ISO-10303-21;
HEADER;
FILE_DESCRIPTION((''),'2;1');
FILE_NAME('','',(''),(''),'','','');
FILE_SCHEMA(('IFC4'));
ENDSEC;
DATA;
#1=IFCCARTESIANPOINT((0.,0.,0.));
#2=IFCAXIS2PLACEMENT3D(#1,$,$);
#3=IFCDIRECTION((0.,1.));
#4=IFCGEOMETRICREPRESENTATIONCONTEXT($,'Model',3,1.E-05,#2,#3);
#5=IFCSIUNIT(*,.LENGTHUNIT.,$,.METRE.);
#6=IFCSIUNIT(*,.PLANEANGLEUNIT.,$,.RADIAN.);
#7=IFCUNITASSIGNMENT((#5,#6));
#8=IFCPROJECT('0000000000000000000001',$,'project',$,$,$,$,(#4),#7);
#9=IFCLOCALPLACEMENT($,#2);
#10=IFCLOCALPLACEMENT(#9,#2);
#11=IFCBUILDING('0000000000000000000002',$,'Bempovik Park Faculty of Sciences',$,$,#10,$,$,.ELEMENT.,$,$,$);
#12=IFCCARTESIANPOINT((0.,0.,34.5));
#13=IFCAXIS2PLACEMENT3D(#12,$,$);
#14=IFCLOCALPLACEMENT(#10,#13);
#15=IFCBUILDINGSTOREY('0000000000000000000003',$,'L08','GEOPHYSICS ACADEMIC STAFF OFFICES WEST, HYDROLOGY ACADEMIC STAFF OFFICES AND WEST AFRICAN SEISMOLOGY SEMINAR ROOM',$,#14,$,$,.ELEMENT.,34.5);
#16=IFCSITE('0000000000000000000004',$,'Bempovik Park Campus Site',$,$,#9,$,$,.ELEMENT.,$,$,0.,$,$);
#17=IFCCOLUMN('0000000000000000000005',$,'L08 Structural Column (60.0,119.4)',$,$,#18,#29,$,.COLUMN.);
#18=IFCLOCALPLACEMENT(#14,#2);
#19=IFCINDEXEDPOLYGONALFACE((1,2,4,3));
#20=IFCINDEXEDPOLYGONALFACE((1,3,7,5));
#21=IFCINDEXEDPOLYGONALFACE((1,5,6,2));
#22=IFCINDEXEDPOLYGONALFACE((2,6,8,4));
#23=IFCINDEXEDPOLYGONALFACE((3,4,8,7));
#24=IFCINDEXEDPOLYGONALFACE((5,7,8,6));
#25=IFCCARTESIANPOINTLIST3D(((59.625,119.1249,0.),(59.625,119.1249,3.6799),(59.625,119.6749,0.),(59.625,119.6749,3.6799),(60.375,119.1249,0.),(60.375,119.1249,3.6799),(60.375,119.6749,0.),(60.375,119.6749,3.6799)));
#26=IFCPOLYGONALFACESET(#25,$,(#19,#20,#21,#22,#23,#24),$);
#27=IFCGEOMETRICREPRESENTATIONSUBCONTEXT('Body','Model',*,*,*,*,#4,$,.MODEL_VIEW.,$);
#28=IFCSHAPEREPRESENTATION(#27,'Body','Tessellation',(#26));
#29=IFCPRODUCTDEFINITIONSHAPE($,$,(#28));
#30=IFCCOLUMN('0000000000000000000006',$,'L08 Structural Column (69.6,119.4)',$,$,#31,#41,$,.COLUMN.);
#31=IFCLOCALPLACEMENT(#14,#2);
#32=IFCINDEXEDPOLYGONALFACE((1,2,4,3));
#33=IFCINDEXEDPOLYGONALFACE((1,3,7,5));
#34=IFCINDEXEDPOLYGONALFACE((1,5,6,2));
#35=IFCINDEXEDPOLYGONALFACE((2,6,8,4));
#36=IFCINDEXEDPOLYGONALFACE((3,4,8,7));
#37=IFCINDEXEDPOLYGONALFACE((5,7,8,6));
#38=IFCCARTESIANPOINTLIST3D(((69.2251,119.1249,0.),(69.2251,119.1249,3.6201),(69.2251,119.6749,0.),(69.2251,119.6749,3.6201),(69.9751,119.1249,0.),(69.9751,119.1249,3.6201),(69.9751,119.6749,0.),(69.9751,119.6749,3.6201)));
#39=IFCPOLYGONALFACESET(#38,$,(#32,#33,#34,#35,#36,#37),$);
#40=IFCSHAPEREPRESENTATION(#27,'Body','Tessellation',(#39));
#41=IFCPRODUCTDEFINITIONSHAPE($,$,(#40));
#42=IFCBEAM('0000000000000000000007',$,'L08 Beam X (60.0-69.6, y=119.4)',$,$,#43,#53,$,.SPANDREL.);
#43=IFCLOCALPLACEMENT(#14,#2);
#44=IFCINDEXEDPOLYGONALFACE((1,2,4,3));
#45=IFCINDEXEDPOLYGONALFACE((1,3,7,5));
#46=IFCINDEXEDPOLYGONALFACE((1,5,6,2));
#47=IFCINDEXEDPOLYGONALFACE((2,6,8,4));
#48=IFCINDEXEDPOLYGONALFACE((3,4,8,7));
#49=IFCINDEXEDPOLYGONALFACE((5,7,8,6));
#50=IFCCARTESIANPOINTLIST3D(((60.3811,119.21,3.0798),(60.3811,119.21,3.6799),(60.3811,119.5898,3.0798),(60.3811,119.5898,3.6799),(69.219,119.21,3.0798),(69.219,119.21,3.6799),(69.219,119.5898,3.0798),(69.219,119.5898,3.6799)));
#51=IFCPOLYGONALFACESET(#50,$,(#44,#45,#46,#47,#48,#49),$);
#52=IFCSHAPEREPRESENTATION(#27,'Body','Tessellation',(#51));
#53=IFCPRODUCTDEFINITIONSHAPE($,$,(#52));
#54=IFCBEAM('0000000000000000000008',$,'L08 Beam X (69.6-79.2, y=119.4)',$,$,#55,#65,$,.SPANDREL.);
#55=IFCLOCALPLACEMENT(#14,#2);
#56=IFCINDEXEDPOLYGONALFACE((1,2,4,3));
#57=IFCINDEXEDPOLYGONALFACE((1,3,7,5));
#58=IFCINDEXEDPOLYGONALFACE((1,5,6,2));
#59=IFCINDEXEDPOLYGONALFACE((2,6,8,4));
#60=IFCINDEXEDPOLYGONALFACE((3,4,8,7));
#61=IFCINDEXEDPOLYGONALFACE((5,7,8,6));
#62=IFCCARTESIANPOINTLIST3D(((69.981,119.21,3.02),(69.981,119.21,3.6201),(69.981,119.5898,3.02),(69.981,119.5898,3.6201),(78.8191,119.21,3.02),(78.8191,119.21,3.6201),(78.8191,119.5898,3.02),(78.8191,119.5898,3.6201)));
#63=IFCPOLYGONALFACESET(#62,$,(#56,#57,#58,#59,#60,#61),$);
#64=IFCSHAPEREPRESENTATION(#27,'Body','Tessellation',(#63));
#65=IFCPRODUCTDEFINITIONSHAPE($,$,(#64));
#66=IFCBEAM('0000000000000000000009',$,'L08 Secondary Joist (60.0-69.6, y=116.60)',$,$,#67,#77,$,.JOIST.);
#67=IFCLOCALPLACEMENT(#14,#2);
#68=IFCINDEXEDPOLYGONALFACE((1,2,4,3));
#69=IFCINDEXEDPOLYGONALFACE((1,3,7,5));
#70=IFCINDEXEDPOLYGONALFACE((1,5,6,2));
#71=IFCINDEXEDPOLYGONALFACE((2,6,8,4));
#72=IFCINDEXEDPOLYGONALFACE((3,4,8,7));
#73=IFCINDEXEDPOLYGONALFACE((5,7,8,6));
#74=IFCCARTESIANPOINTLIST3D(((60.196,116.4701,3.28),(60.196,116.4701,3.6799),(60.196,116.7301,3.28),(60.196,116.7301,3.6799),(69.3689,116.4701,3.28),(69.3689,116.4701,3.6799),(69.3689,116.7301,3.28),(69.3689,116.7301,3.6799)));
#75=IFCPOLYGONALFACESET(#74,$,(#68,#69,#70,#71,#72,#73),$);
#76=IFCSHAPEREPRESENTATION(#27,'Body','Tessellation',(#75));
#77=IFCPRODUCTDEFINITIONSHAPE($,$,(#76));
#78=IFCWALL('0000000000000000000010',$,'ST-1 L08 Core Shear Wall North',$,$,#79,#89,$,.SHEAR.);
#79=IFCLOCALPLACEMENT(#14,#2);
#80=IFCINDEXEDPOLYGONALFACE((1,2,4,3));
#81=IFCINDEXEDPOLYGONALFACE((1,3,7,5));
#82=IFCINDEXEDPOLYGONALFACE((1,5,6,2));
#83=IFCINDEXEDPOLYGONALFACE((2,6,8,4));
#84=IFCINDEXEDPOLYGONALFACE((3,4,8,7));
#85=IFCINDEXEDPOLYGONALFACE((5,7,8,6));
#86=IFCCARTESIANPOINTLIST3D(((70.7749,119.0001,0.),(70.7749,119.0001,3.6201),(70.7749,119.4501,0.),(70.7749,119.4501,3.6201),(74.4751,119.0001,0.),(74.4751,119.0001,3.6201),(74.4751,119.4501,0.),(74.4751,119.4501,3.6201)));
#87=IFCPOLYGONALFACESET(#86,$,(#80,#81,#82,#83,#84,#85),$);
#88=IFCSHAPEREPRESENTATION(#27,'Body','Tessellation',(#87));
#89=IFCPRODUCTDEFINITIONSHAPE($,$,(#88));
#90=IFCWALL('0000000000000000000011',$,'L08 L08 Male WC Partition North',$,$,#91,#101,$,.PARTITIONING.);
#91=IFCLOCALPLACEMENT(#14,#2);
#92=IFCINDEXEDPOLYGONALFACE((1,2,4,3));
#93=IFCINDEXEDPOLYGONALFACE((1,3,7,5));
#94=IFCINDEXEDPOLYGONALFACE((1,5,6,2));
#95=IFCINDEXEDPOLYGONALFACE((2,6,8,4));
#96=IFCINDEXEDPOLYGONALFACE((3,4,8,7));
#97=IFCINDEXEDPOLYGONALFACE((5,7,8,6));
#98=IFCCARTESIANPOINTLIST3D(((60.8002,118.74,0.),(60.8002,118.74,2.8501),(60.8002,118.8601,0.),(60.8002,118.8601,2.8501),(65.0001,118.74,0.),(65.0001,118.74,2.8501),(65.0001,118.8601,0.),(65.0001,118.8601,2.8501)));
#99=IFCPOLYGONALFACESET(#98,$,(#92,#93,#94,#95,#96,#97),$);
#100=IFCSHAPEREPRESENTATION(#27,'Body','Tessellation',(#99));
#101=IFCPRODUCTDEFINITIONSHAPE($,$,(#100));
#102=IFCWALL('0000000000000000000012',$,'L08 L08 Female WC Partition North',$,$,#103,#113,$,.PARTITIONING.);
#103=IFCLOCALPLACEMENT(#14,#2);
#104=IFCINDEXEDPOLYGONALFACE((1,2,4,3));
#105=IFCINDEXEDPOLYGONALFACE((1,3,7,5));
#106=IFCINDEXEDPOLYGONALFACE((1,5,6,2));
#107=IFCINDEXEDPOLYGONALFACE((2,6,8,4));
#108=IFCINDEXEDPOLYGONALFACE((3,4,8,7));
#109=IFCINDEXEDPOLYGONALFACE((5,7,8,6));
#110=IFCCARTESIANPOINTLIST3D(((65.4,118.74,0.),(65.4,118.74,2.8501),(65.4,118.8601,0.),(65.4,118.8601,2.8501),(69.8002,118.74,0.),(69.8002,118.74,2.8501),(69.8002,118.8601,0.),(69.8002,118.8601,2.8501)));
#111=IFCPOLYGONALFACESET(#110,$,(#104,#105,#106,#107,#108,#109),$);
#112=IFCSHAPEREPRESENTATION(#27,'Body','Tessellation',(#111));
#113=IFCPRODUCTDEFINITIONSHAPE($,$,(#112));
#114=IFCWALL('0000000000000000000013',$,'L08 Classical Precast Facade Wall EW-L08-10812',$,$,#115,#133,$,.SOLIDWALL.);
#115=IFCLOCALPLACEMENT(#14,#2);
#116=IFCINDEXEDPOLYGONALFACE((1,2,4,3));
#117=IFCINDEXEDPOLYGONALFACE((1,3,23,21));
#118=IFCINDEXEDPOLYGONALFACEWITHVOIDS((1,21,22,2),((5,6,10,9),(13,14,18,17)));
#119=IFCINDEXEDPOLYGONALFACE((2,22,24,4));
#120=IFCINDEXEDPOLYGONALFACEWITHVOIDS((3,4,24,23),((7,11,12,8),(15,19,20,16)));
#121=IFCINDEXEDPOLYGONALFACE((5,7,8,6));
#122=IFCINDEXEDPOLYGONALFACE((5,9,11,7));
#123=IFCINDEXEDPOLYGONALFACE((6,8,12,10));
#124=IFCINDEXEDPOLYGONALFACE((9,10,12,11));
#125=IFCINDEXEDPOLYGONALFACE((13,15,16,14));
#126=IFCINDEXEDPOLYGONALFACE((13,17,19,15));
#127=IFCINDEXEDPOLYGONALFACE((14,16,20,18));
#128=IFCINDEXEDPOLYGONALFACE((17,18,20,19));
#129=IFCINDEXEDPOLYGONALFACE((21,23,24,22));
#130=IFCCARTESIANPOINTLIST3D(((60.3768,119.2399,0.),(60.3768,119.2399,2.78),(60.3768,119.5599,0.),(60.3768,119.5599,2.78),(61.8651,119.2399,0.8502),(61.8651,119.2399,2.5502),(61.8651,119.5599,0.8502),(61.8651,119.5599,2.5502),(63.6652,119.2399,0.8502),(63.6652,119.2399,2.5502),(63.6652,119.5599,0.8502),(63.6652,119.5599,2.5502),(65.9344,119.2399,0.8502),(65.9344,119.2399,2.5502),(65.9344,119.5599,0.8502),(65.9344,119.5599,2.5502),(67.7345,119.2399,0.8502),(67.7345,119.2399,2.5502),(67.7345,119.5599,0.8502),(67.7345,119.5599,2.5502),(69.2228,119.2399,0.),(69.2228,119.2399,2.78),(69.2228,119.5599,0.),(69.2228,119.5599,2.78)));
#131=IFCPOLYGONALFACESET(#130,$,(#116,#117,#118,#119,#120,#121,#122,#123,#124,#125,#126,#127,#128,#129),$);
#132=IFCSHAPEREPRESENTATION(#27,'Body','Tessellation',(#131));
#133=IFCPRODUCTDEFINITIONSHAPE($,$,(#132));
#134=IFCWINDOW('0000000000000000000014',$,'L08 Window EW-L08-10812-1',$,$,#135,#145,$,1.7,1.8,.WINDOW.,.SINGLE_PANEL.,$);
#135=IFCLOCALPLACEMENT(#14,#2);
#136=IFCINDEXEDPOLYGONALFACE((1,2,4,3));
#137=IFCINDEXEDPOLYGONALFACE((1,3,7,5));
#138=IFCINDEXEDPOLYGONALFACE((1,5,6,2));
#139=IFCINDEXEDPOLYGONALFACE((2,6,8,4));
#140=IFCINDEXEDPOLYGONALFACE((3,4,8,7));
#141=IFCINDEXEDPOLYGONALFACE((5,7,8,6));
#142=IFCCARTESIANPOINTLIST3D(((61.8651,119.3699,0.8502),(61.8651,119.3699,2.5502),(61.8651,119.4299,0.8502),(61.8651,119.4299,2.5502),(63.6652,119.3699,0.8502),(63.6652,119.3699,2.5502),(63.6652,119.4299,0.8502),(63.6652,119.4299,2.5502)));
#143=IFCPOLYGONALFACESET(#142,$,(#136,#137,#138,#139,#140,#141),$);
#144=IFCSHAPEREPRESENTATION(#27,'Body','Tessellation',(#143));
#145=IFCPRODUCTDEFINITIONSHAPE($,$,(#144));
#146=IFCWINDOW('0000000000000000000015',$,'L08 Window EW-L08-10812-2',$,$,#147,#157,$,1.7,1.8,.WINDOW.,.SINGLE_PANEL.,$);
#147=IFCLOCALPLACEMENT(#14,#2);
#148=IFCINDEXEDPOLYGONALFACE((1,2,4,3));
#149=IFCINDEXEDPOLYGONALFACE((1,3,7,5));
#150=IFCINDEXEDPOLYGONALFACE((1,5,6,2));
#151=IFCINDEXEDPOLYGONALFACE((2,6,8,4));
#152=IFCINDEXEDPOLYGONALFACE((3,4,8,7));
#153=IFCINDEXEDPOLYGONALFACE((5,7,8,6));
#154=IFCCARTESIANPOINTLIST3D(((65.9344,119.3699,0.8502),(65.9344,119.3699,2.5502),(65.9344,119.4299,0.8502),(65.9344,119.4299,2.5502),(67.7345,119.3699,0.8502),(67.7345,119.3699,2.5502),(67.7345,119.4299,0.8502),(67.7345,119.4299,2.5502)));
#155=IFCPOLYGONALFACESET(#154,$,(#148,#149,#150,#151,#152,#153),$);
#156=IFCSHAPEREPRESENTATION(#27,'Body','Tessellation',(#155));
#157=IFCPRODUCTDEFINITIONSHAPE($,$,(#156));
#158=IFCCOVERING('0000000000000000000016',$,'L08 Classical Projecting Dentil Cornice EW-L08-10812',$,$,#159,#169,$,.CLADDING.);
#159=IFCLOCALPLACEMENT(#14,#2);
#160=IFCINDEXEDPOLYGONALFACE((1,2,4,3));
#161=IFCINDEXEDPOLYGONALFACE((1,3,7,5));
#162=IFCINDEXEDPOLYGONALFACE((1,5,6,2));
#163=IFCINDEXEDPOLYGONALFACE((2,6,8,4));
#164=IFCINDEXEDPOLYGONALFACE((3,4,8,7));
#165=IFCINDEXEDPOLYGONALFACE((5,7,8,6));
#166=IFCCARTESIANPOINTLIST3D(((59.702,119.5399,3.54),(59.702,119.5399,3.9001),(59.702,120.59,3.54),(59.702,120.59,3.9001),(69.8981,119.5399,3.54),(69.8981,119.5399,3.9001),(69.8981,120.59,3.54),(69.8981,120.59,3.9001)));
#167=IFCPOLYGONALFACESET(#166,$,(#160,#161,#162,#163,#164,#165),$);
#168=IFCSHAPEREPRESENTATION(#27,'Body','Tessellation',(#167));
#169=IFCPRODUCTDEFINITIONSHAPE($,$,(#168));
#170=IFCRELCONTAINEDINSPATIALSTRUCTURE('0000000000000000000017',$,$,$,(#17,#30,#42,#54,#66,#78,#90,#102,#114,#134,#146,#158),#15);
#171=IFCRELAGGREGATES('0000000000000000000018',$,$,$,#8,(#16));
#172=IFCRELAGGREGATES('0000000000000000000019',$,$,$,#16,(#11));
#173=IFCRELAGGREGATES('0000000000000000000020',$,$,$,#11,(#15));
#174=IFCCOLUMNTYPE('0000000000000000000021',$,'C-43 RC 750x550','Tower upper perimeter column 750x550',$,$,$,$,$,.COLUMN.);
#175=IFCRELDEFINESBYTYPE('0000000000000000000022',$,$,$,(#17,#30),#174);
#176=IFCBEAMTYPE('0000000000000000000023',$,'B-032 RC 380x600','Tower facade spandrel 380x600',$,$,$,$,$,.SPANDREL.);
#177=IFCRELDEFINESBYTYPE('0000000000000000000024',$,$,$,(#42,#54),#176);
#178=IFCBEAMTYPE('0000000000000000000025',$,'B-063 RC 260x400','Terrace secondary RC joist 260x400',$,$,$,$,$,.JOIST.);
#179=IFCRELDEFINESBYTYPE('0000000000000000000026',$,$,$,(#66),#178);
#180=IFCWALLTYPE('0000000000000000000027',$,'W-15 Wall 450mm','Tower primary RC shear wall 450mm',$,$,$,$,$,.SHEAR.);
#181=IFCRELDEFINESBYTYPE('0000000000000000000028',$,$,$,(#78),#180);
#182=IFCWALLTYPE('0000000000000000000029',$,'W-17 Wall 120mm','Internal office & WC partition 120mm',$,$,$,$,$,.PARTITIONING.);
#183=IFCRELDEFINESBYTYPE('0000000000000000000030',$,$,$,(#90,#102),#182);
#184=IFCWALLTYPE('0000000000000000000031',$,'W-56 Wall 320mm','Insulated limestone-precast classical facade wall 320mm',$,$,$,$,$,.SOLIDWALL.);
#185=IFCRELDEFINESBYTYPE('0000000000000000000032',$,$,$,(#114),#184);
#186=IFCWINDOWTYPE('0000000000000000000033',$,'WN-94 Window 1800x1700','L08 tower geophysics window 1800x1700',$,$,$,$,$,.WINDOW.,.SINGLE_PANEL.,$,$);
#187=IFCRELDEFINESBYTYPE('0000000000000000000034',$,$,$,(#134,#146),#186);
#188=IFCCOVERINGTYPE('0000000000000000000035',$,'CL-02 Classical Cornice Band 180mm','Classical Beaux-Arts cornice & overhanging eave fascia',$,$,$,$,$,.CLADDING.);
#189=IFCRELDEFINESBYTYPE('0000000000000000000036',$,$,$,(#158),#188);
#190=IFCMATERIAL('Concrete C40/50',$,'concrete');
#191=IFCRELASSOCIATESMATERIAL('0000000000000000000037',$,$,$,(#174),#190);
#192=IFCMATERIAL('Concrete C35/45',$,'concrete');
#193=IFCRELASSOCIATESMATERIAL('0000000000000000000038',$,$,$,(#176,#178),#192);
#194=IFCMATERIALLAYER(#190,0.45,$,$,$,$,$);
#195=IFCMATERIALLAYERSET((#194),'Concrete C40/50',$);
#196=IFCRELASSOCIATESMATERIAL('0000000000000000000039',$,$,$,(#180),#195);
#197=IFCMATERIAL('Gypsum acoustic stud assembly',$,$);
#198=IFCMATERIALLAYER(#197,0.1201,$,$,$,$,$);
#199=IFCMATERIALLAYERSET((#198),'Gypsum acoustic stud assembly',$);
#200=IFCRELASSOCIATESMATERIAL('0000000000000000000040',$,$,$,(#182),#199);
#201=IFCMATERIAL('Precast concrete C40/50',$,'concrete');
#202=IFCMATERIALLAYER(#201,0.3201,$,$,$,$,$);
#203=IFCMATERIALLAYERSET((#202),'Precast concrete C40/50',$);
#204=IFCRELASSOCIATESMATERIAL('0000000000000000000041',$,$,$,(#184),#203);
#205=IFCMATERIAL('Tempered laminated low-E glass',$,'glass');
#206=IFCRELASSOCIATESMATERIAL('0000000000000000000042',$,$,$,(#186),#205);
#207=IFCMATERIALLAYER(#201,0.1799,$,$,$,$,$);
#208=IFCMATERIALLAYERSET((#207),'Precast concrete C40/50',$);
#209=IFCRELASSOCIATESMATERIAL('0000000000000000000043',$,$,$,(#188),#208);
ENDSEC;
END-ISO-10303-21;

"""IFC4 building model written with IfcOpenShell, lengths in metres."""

from ifc_helpers import new_model, si_unit, direction, frame, frame_2d, origin, origin_2d, place, context, subcontext, project, spatial, rectangle, extrude, material, layer, layer_set, material_profile, profile_set, type_object, element, fill, save


model = new_model("IFC4")

# Units and contexts
model_context = context("Model", 3, precision=1e-05, world=origin(), true_north=direction((0.0, 1.0)))
body_context = subcontext(model_context, "Body", "Model", "MODEL_VIEW")
ifc_project = project(units=[si_unit("LENGTHUNIT", "METRE"), si_unit("PLANEANGLEUNIT", "RADIAN")], contexts=[model_context])

# Site, building, storey
site_placement = place(None, origin())
site = spatial("IfcSite", under=ifc_project, at=site_placement, Name="Bempovik Park Campus Site", CompositionType="ELEMENT", RefElevation=0.0)
building_placement = place(site_placement, origin())
building = spatial("IfcBuilding", under=site, at=building_placement, Name="Bempovik Park Faculty of Sciences", CompositionType="ELEMENT")
storey_placement = place(building_placement, frame((0.0, 0.0, 34.5)))
storey = spatial("IfcBuildingStorey", under=building, at=storey_placement, Name="L08", Description="GEOPHYSICS ACADEMIC STAFF OFFICES WEST, HYDROLOGY ACADEMIC STAFF OFFICES AND WEST AFRICAN SEISMOLOGY SEMINAR ROOM", CompositionType="ELEMENT", Elevation=34.5)

# Columns
ifc_material_1 = material(Name="Concrete C40/50", Category="concrete")
ifc_material_profile_1 = material_profile(ifc_material_1, rectangle(XDim=0.75, YDim=0.55, at=origin_2d()), Name="RC 750x550")
ifc_profile_set_1 = profile_set([ifc_material_profile_1], Name="Concrete C40/50")
column_type = type_object("IfcColumnType", Name="C-43 RC 750x550", Description="Tower upper perimeter column 750x550", PredefinedType="COLUMN", material=ifc_profile_set_1)
column_1_placement = place(storey_placement, frame((60.0, 119.3999, 0.0), z_axis=(0.0, 0.0, 1.0), x_axis=(1.0, 0.0, 0.0)))
element("IfcColumn", 1, at=column_1_placement, inside=storey, type_object=column_type, Name="L08 Structural Column (60.0,119.4)", PredefinedType="COLUMN", context=body_context, shape_type="SweptSolid", body=[
    extrude(rectangle(XDim=0.75, YDim=0.55, at=origin_2d()), origin(), (0.0, 0.0, 1.0), 3.6799),
])
column_2_placement = place(storey_placement, frame((69.6001, 119.3999, 0.0), z_axis=(0.0, 0.0, 1.0), x_axis=(1.0, 0.0, 0.0)))
element("IfcColumn", 2, at=column_2_placement, inside=storey, type_object=column_type, Name="L08 Structural Column (69.6,119.4)", PredefinedType="COLUMN", context=body_context, shape_type="SweptSolid", body=[
    extrude(rectangle(XDim=0.75, YDim=0.55, at=origin_2d()), origin(), (0.0, 0.0, 1.0), 3.6201),
])

# Beams
ifc_material_2 = material(Name="Concrete C35/45", Category="concrete")
ifc_material_profile_2 = material_profile(ifc_material_2, rectangle(XDim=0.3799, YDim=0.6001, at=origin_2d()), Name="RC 380x600")
ifc_profile_set_2 = profile_set([ifc_material_profile_2], Name="Concrete C35/45")
beam_type_1 = type_object("IfcBeamType", Name="B-032 RC 380x600", Description="Tower facade spandrel 380x600", PredefinedType="SPANDREL", material=ifc_profile_set_2)
beam_1_placement = place(storey_placement, frame((60.3811, 119.3999, 3.3799), z_axis=(1.0, 0.0, 0.0), x_axis=(0.0, 1.0, 0.0)))
element("IfcBeam", 3, at=beam_1_placement, inside=storey, type_object=beam_type_1, Name="L08 Beam X (60.0-69.6, y=119.4)", PredefinedType="SPANDREL", context=body_context, shape_type="SweptSolid", body=[
    extrude(rectangle(XDim=0.3799, YDim=0.6001, at=origin_2d()), origin(), (0.0, 0.0, 1.0), 8.8379),
])
beam_2_placement = place(storey_placement, frame((69.981, 119.3999, 3.3201), z_axis=(1.0, 0.0, 0.0), x_axis=(0.0, 1.0, 0.0)))
element("IfcBeam", 4, at=beam_2_placement, inside=storey, type_object=beam_type_1, Name="L08 Beam X (69.6-79.2, y=119.4)", PredefinedType="SPANDREL", context=body_context, shape_type="SweptSolid", body=[
    extrude(rectangle(XDim=0.3799, YDim=0.6001, at=origin_2d()), origin(), (0.0, 0.0, 1.0), 8.8381),
])
ifc_material_profile_3 = material_profile(ifc_material_2, rectangle(XDim=0.26, YDim=0.3999, at=origin_2d()), Name="RC 260x400")
ifc_profile_set_3 = profile_set([ifc_material_profile_3], Name="Concrete C35/45")
beam_type_2 = type_object("IfcBeamType", Name="B-063 RC 260x400", Description="Terrace secondary RC joist 260x400", PredefinedType="JOIST", material=ifc_profile_set_3)
beam_3_placement = place(storey_placement, frame((60.196, 116.6001, 3.48), z_axis=(1.0, 0.0, 0.0), x_axis=(0.0, 1.0, 0.0)))
element("IfcBeam", 5, at=beam_3_placement, inside=storey, type_object=beam_type_2, Name="L08 Secondary Joist (60.0-69.6, y=116.60)", PredefinedType="JOIST", context=body_context, shape_type="SweptSolid", body=[
    extrude(rectangle(XDim=0.26, YDim=0.3999, at=origin_2d()), origin(), (0.0, 0.0, 1.0), 9.1729),
])

# Walls
ifc_layer_1 = layer(ifc_material_1, 0.45)
ifc_layer_set_1 = layer_set([ifc_layer_1], Name="Concrete C40/50")
wall_type_1 = type_object("IfcWallType", Name="W-15 Wall 450mm", Description="Tower primary RC shear wall 450mm", PredefinedType="SHEAR", material=ifc_layer_set_1)
wall_1_placement = place(storey_placement, frame((70.7749, 119.2251, 0.0), z_axis=(0.0, 0.0, 1.0), x_axis=(1.0, 0.0, 0.0)))
element("IfcWall", 6, at=wall_1_placement, inside=storey, type_object=wall_type_1, Name="ST-1 L08 Core Shear Wall North", PredefinedType="SHEAR", context=body_context, shape_type="SweptSolid", body=[
    extrude(rectangle(XDim=3.7002, YDim=0.45, at=frame_2d((1.8501, 0.0))), origin(), (0.0, 0.0, 1.0), 3.6201),
])
ifc_material_3 = material(Name="Gypsum acoustic stud assembly")
ifc_layer_2 = layer(ifc_material_3, 0.1201)
ifc_layer_set_2 = layer_set([ifc_layer_2], Name="Gypsum acoustic stud assembly")
wall_type_2 = type_object("IfcWallType", Name="W-17 Wall 120mm", Description="Internal office & WC partition 120mm", PredefinedType="PARTITIONING", material=ifc_layer_set_2)
wall_2_placement = place(storey_placement, frame((60.8, 118.8, 0.0), z_axis=(0.0, 0.0, 1.0), x_axis=(1.0, 0.0, 0.0)))
element("IfcWall", 7, at=wall_2_placement, inside=storey, type_object=wall_type_2, Name="L08 L08 Male WC Partition North", PredefinedType="PARTITIONING", context=body_context, shape_type="SweptSolid", body=[
    extrude(rectangle(XDim=4.2, YDim=0.1201, at=frame_2d((2.1001, 0.0))), origin(), (0.0, 0.0, 1.0), 2.8501),
])
wall_3_placement = place(storey_placement, frame((65.3999, 118.8, 0.0), z_axis=(0.0, 0.0, 1.0), x_axis=(1.0, 0.0, 0.0)))
element("IfcWall", 8, at=wall_3_placement, inside=storey, type_object=wall_type_2, Name="L08 L08 Female WC Partition North", PredefinedType="PARTITIONING", context=body_context, shape_type="SweptSolid", body=[
    extrude(rectangle(XDim=4.4001, YDim=0.1201, at=frame_2d((2.2002, 0.0))), origin(), (0.0, 0.0, 1.0), 2.8501),
])

# Wall, openings, windows
ifc_material_4 = material(Name="Precast concrete C40/50", Category="concrete")
ifc_layer_3 = layer(ifc_material_4, 0.3201)
ifc_layer_set_3 = layer_set([ifc_layer_3], Name="Precast concrete C40/50")
wall_type_3 = type_object("IfcWallType", Name="W-56 Wall 320mm", Description="Insulated limestone-precast classical facade wall 320mm", PredefinedType="SOLIDWALL", material=ifc_layer_set_3)
wall_4_placement = place(storey_placement, frame((60.377, 119.3999, 0.0), z_axis=(0.0, 0.0, 1.0), x_axis=(1.0, 0.0, 0.0)))
wall_4 = element("IfcWall", 9, at=wall_4_placement, inside=storey, type_object=wall_type_3, Name="L08 Classical Precast Facade Wall EW-L08-10812", PredefinedType="SOLIDWALL", context=body_context, shape_type="SweptSolid", body=[
    extrude(rectangle(XDim=8.8459, YDim=0.3201, at=frame_2d((4.4229, 0.0))), origin(), (0.0, 0.0, 1.0), 2.78),
])
opening_1_placement = place(wall_4_placement, frame((1.4883, 0.0, 0.8501)))
opening_1 = element("IfcOpeningElement", 10, at=opening_1_placement, cuts=wall_4, PredefinedType="OPENING", context=body_context, shape_type="SweptSolid", body=[
    extrude(rectangle(XDim=1.8, YDim=1.7, at=frame_2d((0.8999, 0.8501))), frame((0.0, 0.1699, 0.0), z_axis=(0.0, -1.0, 0.0), x_axis=(1.0, 0.0, 0.0)), (0.0, 0.0, 1.0), 0.3401),
])
opening_2_placement = place(wall_4_placement, frame((5.5576, 0.0, 0.8501)))
opening_2 = element("IfcOpeningElement", 11, at=opening_2_placement, cuts=wall_4, PredefinedType="OPENING", context=body_context, shape_type="SweptSolid", body=[
    extrude(rectangle(XDim=1.8, YDim=1.7, at=frame_2d((0.8999, 0.8501))), frame((0.0, 0.1699, 0.0), z_axis=(0.0, -1.0, 0.0), x_axis=(1.0, 0.0, 0.0)), (0.0, 0.0, 1.0), 0.3401),
])
ifc_material_5 = material(Name="Tempered laminated low-E glass", Category="glass")
window_type = type_object("IfcWindowType", Name="WN-94 Window 1800x1700", Description="L08 tower geophysics window 1800x1700", PartitioningType="SINGLE_PANEL", PredefinedType="WINDOW", material=ifc_material_5)
window_1_placement = place(opening_1_placement, origin())
window_1 = element("IfcWindow", 12, at=window_1_placement, inside=storey, type_object=window_type, Name="L08 Window EW-L08-10812-1", OverallHeight=1.7, OverallWidth=1.8, PartitioningType="SINGLE_PANEL", PredefinedType="WINDOW", context=body_context, shape_type="SweptSolid", body=[
    extrude(rectangle(XDim=1.8, YDim=1.7, at=frame_2d((0.8999, 0.8501))), frame((0.0, 0.03, 0.0), z_axis=(0.0, -1.0, 0.0), x_axis=(1.0, 0.0, 0.0)), (0.0, 0.0, 1.0), 0.0601),
])
fill(opening_1, window_1)
window_2_placement = place(opening_2_placement, origin())
window_2 = element("IfcWindow", 13, at=window_2_placement, inside=storey, type_object=window_type, Name="L08 Window EW-L08-10812-2", OverallHeight=1.7, OverallWidth=1.8, PartitioningType="SINGLE_PANEL", PredefinedType="WINDOW", context=body_context, shape_type="SweptSolid", body=[
    extrude(rectangle(XDim=1.8, YDim=1.7, at=frame_2d((0.8999, 0.8501))), frame((0.0, 0.03, 0.0), z_axis=(0.0, -1.0, 0.0), x_axis=(1.0, 0.0, 0.0)), (0.0, 0.0, 1.0), 0.0601),
])
fill(opening_2, window_2)

# Covering
ifc_layer_4 = layer(ifc_material_4, 0.1799)
ifc_layer_set_4 = layer_set([ifc_layer_4], Name="Precast concrete C40/50")
covering_type_1 = type_object("IfcCoveringType", Name="CL-02 Classical Cornice Band 180mm", Description="Classical Beaux-Arts cornice & overhanging eave fascia", PredefinedType="CLADDING", material=ifc_layer_set_4)
covering_1_placement = place(storey_placement, frame((64.8, 120.0649, 3.54), z_axis=(0.0, 0.0, 1.0), x_axis=(1.0, 0.0, 0.0)))
element("IfcCovering", 14, at=covering_1_placement, inside=storey, type_object=covering_type_1, Name="L08 Classical Projecting Dentil Cornice EW-L08-10812", PredefinedType="CLADDING", context=body_context, shape_type="SweptSolid", body=[
    extrude(rectangle(XDim=10.196, YDim=1.05, at=origin_2d()), origin(), (0.0, 0.0, 1.0), 0.3601),
])

save(model, "model.ifc")
